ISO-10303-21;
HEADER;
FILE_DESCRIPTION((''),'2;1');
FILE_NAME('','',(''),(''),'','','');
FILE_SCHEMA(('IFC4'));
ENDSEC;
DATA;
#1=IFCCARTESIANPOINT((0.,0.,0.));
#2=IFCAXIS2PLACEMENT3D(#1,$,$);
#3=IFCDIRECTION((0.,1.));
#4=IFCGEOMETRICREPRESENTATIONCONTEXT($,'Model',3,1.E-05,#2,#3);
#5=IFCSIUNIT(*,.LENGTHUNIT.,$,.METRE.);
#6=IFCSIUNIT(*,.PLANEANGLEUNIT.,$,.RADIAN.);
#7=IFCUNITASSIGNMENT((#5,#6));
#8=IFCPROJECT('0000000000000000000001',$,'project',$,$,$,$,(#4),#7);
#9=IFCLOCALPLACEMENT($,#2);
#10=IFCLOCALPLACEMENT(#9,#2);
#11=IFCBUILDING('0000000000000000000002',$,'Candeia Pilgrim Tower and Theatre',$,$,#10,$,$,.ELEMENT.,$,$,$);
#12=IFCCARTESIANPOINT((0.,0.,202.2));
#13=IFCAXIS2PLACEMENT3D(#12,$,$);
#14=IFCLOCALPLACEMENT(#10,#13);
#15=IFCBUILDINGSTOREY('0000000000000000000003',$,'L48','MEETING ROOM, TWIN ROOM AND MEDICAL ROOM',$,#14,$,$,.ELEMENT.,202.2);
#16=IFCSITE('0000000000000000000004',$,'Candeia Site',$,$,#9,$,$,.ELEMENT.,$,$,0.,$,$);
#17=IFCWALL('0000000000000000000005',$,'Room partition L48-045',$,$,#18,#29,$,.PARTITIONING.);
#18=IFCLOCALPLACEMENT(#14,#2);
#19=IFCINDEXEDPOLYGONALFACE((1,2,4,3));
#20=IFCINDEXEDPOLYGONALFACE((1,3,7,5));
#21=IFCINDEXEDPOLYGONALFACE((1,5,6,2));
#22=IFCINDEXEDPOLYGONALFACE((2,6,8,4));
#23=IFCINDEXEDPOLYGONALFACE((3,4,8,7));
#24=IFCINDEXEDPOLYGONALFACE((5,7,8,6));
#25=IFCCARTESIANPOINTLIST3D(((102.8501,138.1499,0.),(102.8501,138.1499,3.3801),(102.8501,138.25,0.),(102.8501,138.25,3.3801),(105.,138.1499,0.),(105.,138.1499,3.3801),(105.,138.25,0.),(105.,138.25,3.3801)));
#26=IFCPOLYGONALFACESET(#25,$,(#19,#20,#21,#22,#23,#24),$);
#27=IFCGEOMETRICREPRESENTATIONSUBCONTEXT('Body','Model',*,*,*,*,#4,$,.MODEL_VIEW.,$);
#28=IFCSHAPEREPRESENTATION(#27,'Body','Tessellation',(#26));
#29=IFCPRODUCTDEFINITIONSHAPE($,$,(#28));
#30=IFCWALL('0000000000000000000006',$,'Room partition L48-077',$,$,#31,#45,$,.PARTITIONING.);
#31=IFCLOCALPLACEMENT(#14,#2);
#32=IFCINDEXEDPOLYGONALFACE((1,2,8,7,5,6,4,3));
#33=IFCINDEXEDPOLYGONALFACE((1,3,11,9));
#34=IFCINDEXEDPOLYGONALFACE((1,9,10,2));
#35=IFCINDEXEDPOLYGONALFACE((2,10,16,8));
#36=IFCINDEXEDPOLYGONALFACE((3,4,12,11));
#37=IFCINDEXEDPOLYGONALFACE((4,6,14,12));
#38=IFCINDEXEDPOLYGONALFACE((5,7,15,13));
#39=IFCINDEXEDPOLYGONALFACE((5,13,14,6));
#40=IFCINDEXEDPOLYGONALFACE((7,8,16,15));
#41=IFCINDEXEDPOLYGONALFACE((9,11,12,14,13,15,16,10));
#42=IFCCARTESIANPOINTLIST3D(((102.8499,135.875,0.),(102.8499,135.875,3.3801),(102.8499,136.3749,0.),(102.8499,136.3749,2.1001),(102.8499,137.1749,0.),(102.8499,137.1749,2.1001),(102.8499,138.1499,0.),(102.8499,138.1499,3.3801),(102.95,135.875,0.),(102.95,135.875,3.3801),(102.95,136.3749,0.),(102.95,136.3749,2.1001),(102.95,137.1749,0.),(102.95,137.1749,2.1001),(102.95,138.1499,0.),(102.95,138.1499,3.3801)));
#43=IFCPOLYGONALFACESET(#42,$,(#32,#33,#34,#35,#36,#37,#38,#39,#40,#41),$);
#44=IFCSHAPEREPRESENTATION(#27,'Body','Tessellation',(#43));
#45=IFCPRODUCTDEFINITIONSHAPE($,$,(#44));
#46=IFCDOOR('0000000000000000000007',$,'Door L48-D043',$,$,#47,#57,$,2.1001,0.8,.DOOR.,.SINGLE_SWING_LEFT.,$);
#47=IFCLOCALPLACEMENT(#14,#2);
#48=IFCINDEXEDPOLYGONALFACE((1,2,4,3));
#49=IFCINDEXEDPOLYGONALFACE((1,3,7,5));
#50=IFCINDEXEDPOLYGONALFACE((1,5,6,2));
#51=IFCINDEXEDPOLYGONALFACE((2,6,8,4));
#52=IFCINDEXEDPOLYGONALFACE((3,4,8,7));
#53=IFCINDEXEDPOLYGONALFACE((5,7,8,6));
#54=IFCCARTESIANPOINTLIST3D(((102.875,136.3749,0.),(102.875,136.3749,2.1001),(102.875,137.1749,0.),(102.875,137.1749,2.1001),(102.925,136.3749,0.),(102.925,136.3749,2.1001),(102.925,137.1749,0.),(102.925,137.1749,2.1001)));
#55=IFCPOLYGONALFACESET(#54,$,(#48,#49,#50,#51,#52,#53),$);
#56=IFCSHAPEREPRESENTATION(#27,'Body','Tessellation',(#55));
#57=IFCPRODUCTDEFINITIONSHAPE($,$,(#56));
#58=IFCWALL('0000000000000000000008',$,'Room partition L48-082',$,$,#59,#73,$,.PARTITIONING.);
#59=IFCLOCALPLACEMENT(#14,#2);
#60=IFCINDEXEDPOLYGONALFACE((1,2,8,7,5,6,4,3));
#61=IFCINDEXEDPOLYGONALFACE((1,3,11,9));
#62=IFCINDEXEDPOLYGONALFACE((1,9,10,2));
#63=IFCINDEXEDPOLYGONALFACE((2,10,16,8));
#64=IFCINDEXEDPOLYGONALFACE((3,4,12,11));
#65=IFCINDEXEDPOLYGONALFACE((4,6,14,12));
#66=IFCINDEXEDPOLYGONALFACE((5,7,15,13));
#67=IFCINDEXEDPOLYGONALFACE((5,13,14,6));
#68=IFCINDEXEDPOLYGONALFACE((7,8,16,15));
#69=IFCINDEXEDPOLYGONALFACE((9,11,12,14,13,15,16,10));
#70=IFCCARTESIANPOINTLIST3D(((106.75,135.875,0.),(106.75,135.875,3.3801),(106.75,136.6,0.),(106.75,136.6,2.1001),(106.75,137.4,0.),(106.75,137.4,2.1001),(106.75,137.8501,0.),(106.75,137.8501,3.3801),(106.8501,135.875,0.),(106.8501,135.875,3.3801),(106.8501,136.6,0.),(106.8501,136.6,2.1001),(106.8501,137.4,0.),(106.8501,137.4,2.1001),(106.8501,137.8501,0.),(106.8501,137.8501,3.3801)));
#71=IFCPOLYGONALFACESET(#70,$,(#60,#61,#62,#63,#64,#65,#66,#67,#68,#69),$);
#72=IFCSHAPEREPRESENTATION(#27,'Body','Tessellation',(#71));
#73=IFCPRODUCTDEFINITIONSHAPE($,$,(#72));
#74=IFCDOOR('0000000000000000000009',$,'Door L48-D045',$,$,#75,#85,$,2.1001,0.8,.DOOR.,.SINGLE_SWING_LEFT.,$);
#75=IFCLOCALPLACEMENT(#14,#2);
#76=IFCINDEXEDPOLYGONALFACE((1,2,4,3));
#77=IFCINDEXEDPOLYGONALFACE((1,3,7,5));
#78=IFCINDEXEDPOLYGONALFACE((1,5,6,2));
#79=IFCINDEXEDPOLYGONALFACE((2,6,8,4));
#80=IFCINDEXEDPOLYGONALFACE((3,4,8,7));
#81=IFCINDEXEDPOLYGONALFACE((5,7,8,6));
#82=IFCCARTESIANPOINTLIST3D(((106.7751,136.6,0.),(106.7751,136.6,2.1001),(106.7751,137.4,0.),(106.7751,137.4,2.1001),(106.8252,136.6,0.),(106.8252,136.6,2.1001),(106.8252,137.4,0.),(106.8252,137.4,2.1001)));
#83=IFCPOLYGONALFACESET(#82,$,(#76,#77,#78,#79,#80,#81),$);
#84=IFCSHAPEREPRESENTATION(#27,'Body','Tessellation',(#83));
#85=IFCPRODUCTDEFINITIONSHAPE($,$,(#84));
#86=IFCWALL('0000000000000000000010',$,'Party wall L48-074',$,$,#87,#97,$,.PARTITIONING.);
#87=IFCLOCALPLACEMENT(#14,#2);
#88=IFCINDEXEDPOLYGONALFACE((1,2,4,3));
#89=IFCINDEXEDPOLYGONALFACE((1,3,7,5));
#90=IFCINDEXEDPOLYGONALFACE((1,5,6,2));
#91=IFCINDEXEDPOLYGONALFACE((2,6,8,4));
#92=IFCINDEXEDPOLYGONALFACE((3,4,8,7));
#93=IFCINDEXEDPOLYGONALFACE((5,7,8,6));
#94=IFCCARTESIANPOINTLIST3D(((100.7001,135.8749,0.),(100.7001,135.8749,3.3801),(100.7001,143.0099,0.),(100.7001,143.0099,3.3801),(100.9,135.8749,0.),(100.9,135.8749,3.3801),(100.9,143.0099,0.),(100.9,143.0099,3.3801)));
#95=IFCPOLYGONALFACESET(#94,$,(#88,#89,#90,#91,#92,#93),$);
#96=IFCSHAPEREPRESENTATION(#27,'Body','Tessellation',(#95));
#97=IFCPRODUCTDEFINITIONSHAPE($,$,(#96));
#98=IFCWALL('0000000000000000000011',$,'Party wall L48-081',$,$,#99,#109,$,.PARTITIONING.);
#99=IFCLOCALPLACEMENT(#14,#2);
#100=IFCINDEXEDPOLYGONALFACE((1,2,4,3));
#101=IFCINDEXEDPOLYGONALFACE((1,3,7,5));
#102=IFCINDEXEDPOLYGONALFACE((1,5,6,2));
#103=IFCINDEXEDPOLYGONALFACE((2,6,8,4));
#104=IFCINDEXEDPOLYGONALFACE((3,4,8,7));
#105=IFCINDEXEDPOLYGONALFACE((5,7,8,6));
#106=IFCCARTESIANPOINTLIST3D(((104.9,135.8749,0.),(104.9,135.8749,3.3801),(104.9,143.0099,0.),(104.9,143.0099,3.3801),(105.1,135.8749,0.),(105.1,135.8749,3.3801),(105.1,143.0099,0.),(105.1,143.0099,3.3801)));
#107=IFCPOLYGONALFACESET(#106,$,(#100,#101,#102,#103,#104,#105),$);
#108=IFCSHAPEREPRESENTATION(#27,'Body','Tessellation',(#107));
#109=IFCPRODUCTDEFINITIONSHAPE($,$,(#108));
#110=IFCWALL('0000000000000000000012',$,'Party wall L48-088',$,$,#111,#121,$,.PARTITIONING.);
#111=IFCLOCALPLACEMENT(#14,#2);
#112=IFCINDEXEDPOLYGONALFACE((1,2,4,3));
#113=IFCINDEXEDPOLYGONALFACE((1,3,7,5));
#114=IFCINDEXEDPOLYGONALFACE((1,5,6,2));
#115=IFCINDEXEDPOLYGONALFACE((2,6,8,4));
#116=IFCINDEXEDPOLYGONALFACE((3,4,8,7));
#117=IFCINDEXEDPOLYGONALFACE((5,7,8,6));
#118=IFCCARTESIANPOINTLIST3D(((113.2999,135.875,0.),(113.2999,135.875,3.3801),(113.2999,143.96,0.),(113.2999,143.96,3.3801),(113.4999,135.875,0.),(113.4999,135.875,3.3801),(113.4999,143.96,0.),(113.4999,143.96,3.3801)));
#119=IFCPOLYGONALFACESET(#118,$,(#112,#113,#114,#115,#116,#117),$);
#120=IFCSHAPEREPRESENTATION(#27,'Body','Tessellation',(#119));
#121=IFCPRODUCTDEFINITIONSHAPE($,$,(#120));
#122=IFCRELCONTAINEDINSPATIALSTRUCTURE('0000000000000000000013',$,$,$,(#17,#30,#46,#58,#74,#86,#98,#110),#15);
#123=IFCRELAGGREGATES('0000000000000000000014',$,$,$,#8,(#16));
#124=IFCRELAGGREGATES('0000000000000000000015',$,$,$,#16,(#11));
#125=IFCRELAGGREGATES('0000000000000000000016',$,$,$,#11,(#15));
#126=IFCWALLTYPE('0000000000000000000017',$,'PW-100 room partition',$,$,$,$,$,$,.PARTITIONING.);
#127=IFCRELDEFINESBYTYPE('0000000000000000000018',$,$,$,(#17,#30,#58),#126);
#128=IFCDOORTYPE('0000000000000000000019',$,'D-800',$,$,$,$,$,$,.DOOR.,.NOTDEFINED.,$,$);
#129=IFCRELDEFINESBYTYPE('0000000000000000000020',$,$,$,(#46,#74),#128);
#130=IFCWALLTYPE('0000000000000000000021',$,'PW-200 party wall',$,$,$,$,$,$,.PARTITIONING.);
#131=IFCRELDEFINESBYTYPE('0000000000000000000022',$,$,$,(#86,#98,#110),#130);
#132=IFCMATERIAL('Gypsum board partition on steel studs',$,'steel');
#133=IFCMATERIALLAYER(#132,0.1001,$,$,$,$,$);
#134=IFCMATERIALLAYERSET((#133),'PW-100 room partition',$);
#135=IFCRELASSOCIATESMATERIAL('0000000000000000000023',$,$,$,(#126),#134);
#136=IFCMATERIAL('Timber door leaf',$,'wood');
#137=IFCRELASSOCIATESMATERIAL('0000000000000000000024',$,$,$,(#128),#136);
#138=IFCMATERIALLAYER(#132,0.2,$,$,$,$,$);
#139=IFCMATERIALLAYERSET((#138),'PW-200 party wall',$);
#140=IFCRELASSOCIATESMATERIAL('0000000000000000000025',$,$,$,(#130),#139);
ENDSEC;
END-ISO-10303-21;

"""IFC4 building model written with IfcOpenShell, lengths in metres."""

from ifc_helpers import new_model, si_unit, direction, frame, frame_2d, origin, place, context, subcontext, project, spatial, rectangle, extrude, material, layer, layer_set, type_object, element, fill, save


model = new_model("IFC4")

# Units and contexts
model_context = context("Model", 3, precision=1e-05, world=origin(), true_north=direction((0.0, 1.0)))
body_context = subcontext(model_context, "Body", "Model", "MODEL_VIEW")
ifc_project = project(units=[si_unit("LENGTHUNIT", "METRE"), si_unit("PLANEANGLEUNIT", "RADIAN")], contexts=[model_context])

# Site, building, storey
site_placement = place(None, origin())
site = spatial("IfcSite", under=ifc_project, at=site_placement, Name="Candeia Site", CompositionType="ELEMENT", RefElevation=0.0)
building_placement = place(site_placement, origin())
building = spatial("IfcBuilding", under=site, at=building_placement, Name="Candeia Pilgrim Tower and Theatre", CompositionType="ELEMENT")
storey_placement = place(building_placement, frame((0.0, 0.0, 202.2)))
storey = spatial("IfcBuildingStorey", under=building, at=storey_placement, Name="L48", Description="MEETING ROOM, TWIN ROOM AND MEDICAL ROOM", CompositionType="ELEMENT", Elevation=202.2)

# Wall
ifc_material_1 = material(Name="Gypsum board partition on steel studs", Category="steel")
ifc_layer_1 = layer(ifc_material_1, 0.1001)
ifc_layer_set_1 = layer_set([ifc_layer_1], Name="PW-100 room partition")
wall_type_1 = type_object("IfcWallType", Name="PW-100 room partition", PredefinedType="PARTITIONING", material=ifc_layer_set_1)
wall_1_placement = place(storey_placement, frame((102.8501, 138.2, 0.0), z_axis=(0.0, 0.0, 1.0), x_axis=(1.0, 0.0, 0.0)))
element("IfcWall", 1, at=wall_1_placement, inside=storey, type_object=wall_type_1, Name="Room partition L48-045", PredefinedType="PARTITIONING", context=body_context, shape_type="SweptSolid", body=[
    extrude(rectangle(XDim=2.1499, YDim=0.1001, at=frame_2d((1.075, 0.0))), origin(), (0.0, 0.0, 1.0), 3.3801),
])

# Walls, openings, doors
wall_2_placement = place(storey_placement, frame((102.8999, 135.875, 0.0), z_axis=(0.0, 0.0, 1.0), x_axis=(0.0, 1.0, 0.0)))
wall_2 = element("IfcWall", 2, at=wall_2_placement, inside=storey, type_object=wall_type_1, Name="Room partition L48-077", PredefinedType="PARTITIONING", context=body_context, shape_type="SweptSolid", body=[
    extrude(rectangle(XDim=2.2749, YDim=0.1001, at=frame_2d((1.1375, 0.0))), origin(), (0.0, 0.0, 1.0), 3.3801),
])
opening_1_placement = place(wall_2_placement, frame((0.5, 0.0, 0.0)))
opening_1 = element("IfcOpeningElement", 3, at=opening_1_placement, cuts=wall_2, PredefinedType="OPENING", context=body_context, shape_type="SweptSolid", body=[
    extrude(rectangle(XDim=0.8, YDim=2.1001, at=frame_2d((0.3999, 1.05))), frame((0.0, 0.0601, 0.0), z_axis=(0.0, -1.0, 0.0), x_axis=(1.0, 0.0, 0.0)), (0.0, 0.0, 1.0), 0.1201),
])
ifc_material_2 = material(Name="Timber door leaf", Category="wood")
door_type_1 = type_object("IfcDoorType", Name="D-800", OperationType="NOTDEFINED", PredefinedType="DOOR", material=ifc_material_2)
door_1_placement = place(opening_1_placement, origin())
door_1 = element("IfcDoor", 4, at=door_1_placement, inside=storey, type_object=door_type_1, Name="Door L48-D043", OperationType="SINGLE_SWING_LEFT", OverallHeight=2.1001, OverallWidth=0.8, PredefinedType="DOOR", context=body_context, shape_type="SweptSolid", body=[
    extrude(rectangle(XDim=0.8, YDim=2.1001, at=frame_2d((0.3999, 1.05))), frame((0.0, 0.0249, 0.0), z_axis=(0.0, -1.0, 0.0), x_axis=(1.0, 0.0, 0.0)), (0.0, 0.0, 1.0), 0.05),
])
fill(opening_1, door_1)
wall_3_placement = place(storey_placement, frame((106.8, 135.875, 0.0), z_axis=(0.0, 0.0, 1.0), x_axis=(0.0, 1.0, 0.0)))
wall_3 = element("IfcWall", 5, at=wall_3_placement, inside=storey, type_object=wall_type_1, Name="Room partition L48-082", PredefinedType="PARTITIONING", context=body_context, shape_type="SweptSolid", body=[
    extrude(rectangle(XDim=1.9751, YDim=0.1001, at=frame_2d((0.9875, 0.0))), origin(), (0.0, 0.0, 1.0), 3.3801),
])
opening_2_placement = place(wall_3_placement, frame((0.7251, 0.0, 0.0)))
opening_2 = element("IfcOpeningElement", 6, at=opening_2_placement, cuts=wall_3, PredefinedType="OPENING", context=body_context, shape_type="SweptSolid", body=[
    extrude(rectangle(XDim=0.8, YDim=2.1001, at=frame_2d((0.3999, 1.05))), frame((0.0, 0.0601, 0.0), z_axis=(0.0, -1.0, 0.0), x_axis=(1.0, 0.0, 0.0)), (0.0, 0.0, 1.0), 0.1201),
])
door_2_placement = place(opening_2_placement, origin())
door_2 = element("IfcDoor", 7, at=door_2_placement, inside=storey, type_object=door_type_1, Name="Door L48-D045", OperationType="SINGLE_SWING_LEFT", OverallHeight=2.1001, OverallWidth=0.8, PredefinedType="DOOR", context=body_context, shape_type="SweptSolid", body=[
    extrude(rectangle(XDim=0.8, YDim=2.1001, at=frame_2d((0.3999, 1.05))), frame((0.0, 0.0249, 0.0), z_axis=(0.0, -1.0, 0.0), x_axis=(1.0, 0.0, 0.0)), (0.0, 0.0, 1.0), 0.05),
])
fill(opening_2, door_2)

# Walls
ifc_layer_2 = layer(ifc_material_1, 0.2)
ifc_layer_set_2 = layer_set([ifc_layer_2], Name="PW-200 party wall")
wall_type_2 = type_object("IfcWallType", Name="PW-200 party wall", PredefinedType="PARTITIONING", material=ifc_layer_set_2)
for number, where, z_axis, x_axis, name in (
    (8, (100.8, 135.875, 0.0), (0.0, 0.0, 1.0), (0.0, 1.0, 0.0), "Party wall L48-074"),
    (9, (105.0, 135.875, 0.0), (0.0, 0.0, 1.0), (0.0, 1.0, 0.0), "Party wall L48-081"),
):
    element("IfcWall", number, at=place(storey_placement, frame(where, z_axis=z_axis, x_axis=x_axis)), inside=storey, type_object=wall_type_2, Name=name, PredefinedType="PARTITIONING", context=body_context, shape_type="SweptSolid", body=[
        extrude(rectangle(XDim=7.135, YDim=0.2, at=frame_2d((3.5674, 0.0))), origin(), (0.0, 0.0, 1.0), 3.3801),
    ])
wall_4_placement = place(storey_placement, frame((113.3999, 135.875, 0.0), z_axis=(0.0, 0.0, 1.0), x_axis=(0.0, 1.0, 0.0)))
element("IfcWall", 10, at=wall_4_placement, inside=storey, type_object=wall_type_2, Name="Party wall L48-088", PredefinedType="PARTITIONING", context=body_context, shape_type="SweptSolid", body=[
    extrude(rectangle(XDim=8.085, YDim=0.2, at=frame_2d((4.0425, 0.0))), origin(), (0.0, 0.0, 1.0), 3.3801),
])

save(model, "model.ifc")
